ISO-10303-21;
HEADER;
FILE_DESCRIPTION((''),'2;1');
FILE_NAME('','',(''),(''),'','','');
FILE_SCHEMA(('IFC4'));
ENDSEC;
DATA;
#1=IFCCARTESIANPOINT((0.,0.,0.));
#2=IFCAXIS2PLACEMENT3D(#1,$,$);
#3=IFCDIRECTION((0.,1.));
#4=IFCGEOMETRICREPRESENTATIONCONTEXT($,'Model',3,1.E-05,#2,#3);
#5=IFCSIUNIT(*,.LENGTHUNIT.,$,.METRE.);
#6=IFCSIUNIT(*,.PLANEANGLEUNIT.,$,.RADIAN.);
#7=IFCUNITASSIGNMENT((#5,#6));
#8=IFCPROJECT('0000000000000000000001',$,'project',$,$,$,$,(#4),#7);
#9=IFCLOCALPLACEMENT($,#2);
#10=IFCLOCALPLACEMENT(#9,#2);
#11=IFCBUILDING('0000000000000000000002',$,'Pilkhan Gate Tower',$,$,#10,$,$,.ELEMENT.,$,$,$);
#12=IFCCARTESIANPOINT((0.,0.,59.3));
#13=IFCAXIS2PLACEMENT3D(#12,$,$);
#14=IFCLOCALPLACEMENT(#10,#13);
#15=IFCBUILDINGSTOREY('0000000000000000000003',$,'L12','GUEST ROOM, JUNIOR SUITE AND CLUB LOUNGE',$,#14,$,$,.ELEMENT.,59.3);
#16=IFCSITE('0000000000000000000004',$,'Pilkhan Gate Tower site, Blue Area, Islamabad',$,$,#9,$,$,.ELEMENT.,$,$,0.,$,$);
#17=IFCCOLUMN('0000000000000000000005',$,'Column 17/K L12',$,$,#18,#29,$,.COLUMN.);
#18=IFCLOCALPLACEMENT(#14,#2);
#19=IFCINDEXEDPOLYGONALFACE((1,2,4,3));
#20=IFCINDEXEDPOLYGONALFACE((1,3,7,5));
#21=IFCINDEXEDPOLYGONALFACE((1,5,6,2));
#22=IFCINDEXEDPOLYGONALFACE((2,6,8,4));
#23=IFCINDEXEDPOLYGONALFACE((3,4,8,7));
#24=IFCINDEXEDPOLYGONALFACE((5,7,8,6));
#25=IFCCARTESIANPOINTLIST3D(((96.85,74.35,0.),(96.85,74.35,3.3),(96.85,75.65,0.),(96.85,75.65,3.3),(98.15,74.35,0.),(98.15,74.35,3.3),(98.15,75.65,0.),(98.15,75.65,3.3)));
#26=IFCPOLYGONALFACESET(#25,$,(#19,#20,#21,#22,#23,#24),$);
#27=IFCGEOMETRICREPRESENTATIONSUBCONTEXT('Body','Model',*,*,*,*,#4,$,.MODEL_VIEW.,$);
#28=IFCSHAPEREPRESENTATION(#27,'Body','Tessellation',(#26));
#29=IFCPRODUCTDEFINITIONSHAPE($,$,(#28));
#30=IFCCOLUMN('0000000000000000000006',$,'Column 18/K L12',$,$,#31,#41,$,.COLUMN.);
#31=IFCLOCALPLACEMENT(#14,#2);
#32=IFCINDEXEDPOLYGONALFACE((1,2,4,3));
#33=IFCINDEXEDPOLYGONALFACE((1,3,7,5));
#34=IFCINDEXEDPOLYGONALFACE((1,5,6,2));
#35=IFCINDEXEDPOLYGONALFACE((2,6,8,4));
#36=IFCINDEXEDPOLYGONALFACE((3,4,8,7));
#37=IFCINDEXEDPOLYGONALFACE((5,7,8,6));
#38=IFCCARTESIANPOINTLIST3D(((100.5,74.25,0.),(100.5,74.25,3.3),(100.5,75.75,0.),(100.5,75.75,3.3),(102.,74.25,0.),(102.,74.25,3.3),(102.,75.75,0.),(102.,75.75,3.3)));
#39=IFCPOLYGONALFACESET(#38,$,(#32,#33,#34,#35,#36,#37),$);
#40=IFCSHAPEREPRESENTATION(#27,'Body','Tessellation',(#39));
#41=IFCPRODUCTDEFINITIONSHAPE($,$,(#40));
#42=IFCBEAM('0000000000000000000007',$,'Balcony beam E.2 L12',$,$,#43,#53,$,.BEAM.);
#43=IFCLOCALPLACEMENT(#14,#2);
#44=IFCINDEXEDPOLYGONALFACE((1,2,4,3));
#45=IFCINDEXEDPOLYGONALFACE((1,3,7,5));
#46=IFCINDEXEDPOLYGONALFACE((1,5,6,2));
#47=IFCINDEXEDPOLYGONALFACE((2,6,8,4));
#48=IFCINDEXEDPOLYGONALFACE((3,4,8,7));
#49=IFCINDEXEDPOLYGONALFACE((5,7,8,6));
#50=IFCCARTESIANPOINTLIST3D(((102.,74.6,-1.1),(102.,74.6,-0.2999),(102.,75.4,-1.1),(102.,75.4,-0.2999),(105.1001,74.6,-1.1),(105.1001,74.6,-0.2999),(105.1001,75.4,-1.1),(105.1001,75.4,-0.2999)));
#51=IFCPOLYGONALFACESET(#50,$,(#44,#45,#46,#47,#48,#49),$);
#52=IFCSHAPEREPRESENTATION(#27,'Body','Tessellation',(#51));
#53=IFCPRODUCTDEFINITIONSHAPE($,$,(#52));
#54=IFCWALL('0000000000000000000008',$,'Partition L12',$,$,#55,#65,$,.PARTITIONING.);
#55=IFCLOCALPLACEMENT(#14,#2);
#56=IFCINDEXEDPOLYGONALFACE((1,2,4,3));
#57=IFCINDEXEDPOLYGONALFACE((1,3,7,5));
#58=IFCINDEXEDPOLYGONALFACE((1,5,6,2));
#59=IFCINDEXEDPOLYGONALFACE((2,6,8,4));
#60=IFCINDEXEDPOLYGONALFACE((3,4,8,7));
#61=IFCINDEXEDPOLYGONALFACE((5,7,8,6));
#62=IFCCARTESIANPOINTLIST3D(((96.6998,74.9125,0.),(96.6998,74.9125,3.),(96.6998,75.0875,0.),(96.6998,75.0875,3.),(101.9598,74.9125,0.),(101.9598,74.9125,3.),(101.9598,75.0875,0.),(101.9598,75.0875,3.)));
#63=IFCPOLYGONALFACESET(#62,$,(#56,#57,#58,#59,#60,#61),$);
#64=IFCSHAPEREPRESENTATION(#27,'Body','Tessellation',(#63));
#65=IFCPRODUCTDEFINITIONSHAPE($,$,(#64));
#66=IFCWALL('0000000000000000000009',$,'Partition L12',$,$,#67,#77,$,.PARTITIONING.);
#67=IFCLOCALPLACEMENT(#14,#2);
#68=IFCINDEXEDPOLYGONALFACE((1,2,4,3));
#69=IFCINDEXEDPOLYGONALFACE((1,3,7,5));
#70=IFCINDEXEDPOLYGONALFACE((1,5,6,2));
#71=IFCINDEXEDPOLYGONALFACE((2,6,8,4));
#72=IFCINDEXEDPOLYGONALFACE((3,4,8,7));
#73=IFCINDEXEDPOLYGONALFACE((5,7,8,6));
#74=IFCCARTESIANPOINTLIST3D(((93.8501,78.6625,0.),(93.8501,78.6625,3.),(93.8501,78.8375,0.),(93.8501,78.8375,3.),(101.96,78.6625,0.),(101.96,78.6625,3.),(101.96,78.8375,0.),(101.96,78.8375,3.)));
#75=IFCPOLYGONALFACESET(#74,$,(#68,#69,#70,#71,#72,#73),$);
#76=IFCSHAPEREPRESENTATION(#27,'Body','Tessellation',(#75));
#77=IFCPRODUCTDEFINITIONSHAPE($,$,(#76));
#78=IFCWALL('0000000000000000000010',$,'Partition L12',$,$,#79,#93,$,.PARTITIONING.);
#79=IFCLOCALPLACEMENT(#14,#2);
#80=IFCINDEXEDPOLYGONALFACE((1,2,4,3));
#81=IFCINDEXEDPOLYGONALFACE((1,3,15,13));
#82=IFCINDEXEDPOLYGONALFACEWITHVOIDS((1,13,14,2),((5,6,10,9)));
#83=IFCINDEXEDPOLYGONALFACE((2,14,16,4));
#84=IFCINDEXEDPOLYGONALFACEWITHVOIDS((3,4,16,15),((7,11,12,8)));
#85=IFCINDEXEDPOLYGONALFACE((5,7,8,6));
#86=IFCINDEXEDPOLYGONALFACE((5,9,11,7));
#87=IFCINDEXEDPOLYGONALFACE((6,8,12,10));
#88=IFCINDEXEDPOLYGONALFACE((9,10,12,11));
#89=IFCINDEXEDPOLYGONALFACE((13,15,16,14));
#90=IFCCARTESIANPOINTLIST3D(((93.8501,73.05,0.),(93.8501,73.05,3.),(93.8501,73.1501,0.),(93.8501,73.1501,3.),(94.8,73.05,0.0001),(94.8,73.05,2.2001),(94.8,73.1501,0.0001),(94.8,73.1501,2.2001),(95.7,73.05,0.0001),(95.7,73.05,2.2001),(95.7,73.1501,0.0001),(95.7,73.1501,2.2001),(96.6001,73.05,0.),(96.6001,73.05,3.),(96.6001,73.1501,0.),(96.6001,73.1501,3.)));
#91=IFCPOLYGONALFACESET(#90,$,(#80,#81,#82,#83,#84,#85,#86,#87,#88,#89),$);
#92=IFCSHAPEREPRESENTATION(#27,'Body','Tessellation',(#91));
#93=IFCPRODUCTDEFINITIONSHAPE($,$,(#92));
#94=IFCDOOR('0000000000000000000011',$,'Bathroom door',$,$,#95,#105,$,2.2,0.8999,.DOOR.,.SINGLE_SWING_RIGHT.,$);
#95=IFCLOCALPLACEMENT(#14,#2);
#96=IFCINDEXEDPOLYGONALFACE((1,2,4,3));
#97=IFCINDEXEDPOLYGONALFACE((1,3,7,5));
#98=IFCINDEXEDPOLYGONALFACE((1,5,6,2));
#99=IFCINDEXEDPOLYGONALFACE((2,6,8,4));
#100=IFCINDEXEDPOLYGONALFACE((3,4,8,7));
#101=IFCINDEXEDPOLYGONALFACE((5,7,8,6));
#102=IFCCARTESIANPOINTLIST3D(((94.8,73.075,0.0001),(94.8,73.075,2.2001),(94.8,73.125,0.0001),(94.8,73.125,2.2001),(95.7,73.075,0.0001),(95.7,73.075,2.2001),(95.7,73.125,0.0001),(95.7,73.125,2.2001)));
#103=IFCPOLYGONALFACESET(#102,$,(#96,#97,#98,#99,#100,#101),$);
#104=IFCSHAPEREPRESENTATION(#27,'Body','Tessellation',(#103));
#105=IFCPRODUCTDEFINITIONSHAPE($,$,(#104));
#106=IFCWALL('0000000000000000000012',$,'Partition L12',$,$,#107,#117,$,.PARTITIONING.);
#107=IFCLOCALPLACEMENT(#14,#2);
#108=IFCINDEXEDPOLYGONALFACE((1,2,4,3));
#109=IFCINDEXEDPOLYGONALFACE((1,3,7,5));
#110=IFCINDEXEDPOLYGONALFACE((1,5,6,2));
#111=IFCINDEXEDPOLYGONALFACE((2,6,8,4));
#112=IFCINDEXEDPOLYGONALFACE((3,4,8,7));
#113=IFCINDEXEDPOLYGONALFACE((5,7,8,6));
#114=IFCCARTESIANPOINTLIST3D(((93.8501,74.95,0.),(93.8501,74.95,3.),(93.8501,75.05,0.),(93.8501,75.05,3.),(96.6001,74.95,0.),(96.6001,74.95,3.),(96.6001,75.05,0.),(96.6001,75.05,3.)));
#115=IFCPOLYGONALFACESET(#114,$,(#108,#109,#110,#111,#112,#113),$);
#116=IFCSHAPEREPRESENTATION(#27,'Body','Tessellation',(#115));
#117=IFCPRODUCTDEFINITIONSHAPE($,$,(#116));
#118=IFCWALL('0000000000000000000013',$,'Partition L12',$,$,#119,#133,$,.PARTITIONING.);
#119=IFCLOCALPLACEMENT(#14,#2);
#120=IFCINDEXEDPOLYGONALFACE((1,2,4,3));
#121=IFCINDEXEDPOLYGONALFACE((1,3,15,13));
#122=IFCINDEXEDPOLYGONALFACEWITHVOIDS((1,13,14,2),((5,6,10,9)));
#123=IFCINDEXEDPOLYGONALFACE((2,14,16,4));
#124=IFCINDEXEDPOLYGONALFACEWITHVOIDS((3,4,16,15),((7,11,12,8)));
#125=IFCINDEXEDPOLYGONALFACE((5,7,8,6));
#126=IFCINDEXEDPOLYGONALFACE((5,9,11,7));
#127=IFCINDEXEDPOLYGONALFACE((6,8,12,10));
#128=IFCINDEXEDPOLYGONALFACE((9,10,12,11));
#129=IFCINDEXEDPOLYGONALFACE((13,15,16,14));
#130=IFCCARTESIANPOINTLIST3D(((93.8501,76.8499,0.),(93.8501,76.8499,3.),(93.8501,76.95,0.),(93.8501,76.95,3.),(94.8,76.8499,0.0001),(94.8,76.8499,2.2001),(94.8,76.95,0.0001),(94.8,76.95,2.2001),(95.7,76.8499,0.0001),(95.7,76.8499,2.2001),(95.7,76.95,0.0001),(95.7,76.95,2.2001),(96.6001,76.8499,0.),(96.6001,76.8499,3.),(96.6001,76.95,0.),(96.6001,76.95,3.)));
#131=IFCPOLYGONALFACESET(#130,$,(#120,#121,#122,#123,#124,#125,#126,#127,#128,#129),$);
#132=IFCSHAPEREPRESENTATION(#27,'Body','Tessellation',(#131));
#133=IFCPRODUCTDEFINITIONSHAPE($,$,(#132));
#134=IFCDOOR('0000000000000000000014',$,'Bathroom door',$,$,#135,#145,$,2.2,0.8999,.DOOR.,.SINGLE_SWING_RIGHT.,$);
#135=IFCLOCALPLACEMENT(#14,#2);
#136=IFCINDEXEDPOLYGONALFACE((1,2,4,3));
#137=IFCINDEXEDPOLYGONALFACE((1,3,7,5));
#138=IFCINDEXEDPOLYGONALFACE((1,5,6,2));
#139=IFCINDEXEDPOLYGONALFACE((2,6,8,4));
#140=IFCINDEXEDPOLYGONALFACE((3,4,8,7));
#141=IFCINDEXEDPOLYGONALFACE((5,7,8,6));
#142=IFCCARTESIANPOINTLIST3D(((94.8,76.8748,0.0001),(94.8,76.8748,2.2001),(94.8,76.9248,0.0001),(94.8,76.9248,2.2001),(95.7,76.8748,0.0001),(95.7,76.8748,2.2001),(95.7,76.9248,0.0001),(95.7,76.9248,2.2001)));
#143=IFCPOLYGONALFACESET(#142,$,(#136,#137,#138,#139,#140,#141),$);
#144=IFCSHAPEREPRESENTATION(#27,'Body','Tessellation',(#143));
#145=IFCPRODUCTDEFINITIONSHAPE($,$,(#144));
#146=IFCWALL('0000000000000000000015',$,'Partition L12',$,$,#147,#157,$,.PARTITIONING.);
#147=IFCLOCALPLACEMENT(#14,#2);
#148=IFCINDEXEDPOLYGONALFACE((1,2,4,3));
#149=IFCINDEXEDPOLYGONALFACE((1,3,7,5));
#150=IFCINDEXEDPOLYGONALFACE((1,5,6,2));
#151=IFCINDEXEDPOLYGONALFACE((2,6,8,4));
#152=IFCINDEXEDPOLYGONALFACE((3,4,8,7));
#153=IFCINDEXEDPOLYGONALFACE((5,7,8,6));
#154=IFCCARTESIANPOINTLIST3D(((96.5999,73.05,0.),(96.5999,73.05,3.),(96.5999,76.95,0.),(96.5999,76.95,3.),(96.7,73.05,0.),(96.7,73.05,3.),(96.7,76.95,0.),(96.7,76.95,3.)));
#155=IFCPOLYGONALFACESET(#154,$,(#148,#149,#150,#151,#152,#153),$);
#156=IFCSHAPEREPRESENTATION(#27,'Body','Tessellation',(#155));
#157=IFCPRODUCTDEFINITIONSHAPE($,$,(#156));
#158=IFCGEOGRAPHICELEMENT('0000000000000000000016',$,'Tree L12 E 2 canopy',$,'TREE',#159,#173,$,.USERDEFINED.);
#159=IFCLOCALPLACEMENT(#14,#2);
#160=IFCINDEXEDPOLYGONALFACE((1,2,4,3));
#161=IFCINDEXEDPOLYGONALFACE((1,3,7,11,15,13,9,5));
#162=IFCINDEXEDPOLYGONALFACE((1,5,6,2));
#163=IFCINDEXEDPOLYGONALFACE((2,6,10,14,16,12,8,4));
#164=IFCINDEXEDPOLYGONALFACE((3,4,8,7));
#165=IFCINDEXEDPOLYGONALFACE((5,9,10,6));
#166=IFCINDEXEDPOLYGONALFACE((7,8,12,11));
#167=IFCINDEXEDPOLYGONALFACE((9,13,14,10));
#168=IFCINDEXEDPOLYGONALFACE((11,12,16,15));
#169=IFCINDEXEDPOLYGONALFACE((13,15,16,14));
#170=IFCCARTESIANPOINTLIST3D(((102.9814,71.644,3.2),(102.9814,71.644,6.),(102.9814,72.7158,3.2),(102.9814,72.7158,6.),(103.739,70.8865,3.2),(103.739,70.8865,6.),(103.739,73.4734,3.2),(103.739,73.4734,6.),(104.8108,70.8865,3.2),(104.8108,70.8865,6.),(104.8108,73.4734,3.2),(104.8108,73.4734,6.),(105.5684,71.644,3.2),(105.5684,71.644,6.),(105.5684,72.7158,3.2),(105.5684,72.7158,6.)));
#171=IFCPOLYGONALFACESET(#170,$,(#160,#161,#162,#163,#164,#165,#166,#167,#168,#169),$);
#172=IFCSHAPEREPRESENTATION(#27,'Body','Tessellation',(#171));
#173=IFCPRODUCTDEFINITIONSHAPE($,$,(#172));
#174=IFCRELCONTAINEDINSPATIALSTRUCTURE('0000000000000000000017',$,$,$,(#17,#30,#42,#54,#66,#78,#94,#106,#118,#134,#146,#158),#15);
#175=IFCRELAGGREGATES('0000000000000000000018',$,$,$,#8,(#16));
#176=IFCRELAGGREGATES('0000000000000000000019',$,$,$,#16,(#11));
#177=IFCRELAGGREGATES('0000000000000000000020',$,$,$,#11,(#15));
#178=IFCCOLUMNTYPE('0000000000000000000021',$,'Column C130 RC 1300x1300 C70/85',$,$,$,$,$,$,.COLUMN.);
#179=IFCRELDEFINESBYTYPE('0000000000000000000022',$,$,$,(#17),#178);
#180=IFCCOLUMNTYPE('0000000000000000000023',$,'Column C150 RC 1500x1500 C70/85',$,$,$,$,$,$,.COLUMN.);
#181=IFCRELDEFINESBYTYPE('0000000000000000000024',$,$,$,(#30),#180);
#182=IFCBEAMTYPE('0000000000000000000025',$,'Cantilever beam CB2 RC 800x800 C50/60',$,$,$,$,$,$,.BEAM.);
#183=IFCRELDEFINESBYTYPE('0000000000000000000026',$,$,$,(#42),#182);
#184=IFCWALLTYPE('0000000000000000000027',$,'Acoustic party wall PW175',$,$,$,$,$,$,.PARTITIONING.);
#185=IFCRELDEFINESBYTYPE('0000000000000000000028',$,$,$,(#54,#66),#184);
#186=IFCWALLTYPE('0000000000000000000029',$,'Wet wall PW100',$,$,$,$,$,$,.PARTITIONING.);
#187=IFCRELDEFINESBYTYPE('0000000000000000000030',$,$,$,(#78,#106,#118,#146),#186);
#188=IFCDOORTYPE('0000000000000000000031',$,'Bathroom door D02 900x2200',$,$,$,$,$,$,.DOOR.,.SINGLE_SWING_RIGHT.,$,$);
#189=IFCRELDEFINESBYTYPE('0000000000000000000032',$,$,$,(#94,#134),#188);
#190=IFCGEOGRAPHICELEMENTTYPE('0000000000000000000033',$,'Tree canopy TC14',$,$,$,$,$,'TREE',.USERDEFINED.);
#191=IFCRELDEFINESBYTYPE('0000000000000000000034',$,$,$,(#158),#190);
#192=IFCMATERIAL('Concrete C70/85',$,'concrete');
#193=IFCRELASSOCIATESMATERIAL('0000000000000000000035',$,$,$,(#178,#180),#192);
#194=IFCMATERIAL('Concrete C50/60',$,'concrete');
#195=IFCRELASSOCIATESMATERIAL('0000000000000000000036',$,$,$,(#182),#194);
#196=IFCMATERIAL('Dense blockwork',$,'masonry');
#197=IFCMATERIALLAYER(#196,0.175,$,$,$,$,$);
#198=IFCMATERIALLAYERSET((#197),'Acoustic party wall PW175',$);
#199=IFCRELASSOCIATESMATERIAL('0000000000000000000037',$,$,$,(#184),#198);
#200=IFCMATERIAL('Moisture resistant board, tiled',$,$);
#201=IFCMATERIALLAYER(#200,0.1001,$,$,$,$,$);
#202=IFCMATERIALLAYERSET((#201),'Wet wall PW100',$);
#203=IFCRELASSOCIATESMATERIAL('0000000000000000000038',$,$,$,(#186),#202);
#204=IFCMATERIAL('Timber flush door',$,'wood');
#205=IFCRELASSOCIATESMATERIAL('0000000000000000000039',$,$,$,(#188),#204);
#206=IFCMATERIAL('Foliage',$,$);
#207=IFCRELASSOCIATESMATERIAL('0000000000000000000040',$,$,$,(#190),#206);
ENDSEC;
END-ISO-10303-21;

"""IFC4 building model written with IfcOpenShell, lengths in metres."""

from ifc_helpers import new_model, si_unit, direction, frame, frame_2d, origin, origin_2d, place, context, subcontext, project, spatial, polyline, rectangle, outline, extrude, material, layer, layer_set, material_profile, profile_set, type_object, element, fill, save


model = new_model("IFC4")

# Units and contexts
model_context = context("Model", 3, precision=1e-05, world=origin(), true_north=direction((0.0, 1.0)))
body_context = subcontext(model_context, "Body", "Model", "MODEL_VIEW")
ifc_project = project(units=[si_unit("LENGTHUNIT", "METRE"), si_unit("PLANEANGLEUNIT", "RADIAN")], contexts=[model_context])

# Site, building, storey
site_placement = place(None, origin())
site = spatial("IfcSite", under=ifc_project, at=site_placement, Name="Pilkhan Gate Tower site, Blue Area, Islamabad", CompositionType="ELEMENT", RefElevation=0.0)
building_placement = place(site_placement, origin())
building = spatial("IfcBuilding", under=site, at=building_placement, Name="Pilkhan Gate Tower", CompositionType="ELEMENT")
storey_placement = place(building_placement, frame((0.0, 0.0, 59.3)))
storey = spatial("IfcBuildingStorey", under=building, at=storey_placement, Name="L12", Description="GUEST ROOM, JUNIOR SUITE AND CLUB LOUNGE", CompositionType="ELEMENT", Elevation=59.3)

# Columns
ifc_material_1 = material(Name="Concrete C70/85", Category="concrete")
ifc_material_profile_1 = material_profile(ifc_material_1, rectangle(XDim=1.3, YDim=1.3, at=origin_2d()), Name="RC 1300x1300")
ifc_profile_set_1 = profile_set([ifc_material_profile_1], Name="Concrete C70/85")
column_type_1 = type_object("IfcColumnType", Name="Column C130 RC 1300x1300 C70/85", PredefinedType="COLUMN", material=ifc_profile_set_1)
column_1_placement = place(storey_placement, frame((97.5, 75.0, 0.0), z_axis=(0.0, 0.0, 1.0), x_axis=(1.0, 0.0, 0.0)))
element("IfcColumn", 1, at=column_1_placement, inside=storey, type_object=column_type_1, Name="Column 17/K L12", PredefinedType="COLUMN", context=body_context, shape_type="SweptSolid", body=[
    extrude(rectangle(XDim=1.3, YDim=1.3, at=origin_2d()), origin(), (0.0, 0.0, 1.0), 3.3),
])
ifc_material_profile_2 = material_profile(ifc_material_1, rectangle(XDim=1.5, YDim=1.5, at=origin_2d()), Name="RC 1500x1500")
ifc_profile_set_2 = profile_set([ifc_material_profile_2], Name="Concrete C70/85")
column_type_2 = type_object("IfcColumnType", Name="Column C150 RC 1500x1500 C70/85", PredefinedType="COLUMN", material=ifc_profile_set_2)
column_2_placement = place(storey_placement, frame((101.25, 75.0, 0.0), z_axis=(0.0, 0.0, 1.0), x_axis=(1.0, 0.0, 0.0)))
element("IfcColumn", 2, at=column_2_placement, inside=storey, type_object=column_type_2, Name="Column 18/K L12", PredefinedType="COLUMN", context=body_context, shape_type="SweptSolid", body=[
    extrude(rectangle(XDim=1.5, YDim=1.5, at=origin_2d()), origin(), (0.0, 0.0, 1.0), 3.3),
])

# Beam
ifc_material_2 = material(Name="Concrete C50/60", Category="concrete")
ifc_material_profile_3 = material_profile(ifc_material_2, rectangle(XDim=0.8, YDim=0.8, at=origin_2d()), Name="RC 800x800")
ifc_profile_set_3 = profile_set([ifc_material_profile_3], Name="Concrete C50/60")
beam_type = type_object("IfcBeamType", Name="Cantilever beam CB2 RC 800x800 C50/60", PredefinedType="BEAM", material=ifc_profile_set_3)
beam_placement = place(storey_placement, frame((102.0, 75.0, -0.7), z_axis=(1.0, 0.0, 0.0), x_axis=(0.0, 1.0, 0.0)))
element("IfcBeam", 3, at=beam_placement, inside=storey, type_object=beam_type, Name="Balcony beam E.2 L12", PredefinedType="BEAM", context=body_context, shape_type="SweptSolid", body=[
    extrude(rectangle(XDim=0.8, YDim=0.8, at=origin_2d()), origin(), (0.0, 0.0, 1.0), 3.1001),
])

# Walls
ifc_material_3 = material(Name="Dense blockwork", Category="masonry")
ifc_layer_1 = layer(ifc_material_3, 0.175)
ifc_layer_set_1 = layer_set([ifc_layer_1], Name="Acoustic party wall PW175")
wall_type_1 = type_object("IfcWallType", Name="Acoustic party wall PW175", PredefinedType="PARTITIONING", material=ifc_layer_set_1)
wall_1_placement = place(storey_placement, frame((96.7, 75.0, 0.0), z_axis=(0.0, 0.0, 1.0), x_axis=(1.0, 0.0, 0.0)))
element("IfcWall", 4, at=wall_1_placement, inside=storey, type_object=wall_type_1, Name="Partition L12", PredefinedType="PARTITIONING", context=body_context, shape_type="SweptSolid", body=[
    extrude(rectangle(XDim=5.26, YDim=0.175, at=frame_2d((2.6299, 0.0))), origin(), (0.0, 0.0, 1.0), 3.0),
])
wall_2_placement = place(storey_placement, frame((93.8501, 78.75, 0.0), z_axis=(0.0, 0.0, 1.0), x_axis=(1.0, 0.0, 0.0)))
element("IfcWall", 5, at=wall_2_placement, inside=storey, type_object=wall_type_1, Name="Partition L12", PredefinedType="PARTITIONING", context=body_context, shape_type="SweptSolid", body=[
    extrude(rectangle(XDim=8.1099, YDim=0.175, at=frame_2d((4.0549, 0.0))), origin(), (0.0, 0.0, 1.0), 3.0),
])

# Wall, opening, door
ifc_material_4 = material(Name="Moisture resistant board, tiled")
ifc_layer_2 = layer(ifc_material_4, 0.1001)
ifc_layer_set_2 = layer_set([ifc_layer_2], Name="Wet wall PW100")
wall_type_2 = type_object("IfcWallType", Name="Wet wall PW100", PredefinedType="PARTITIONING", material=ifc_layer_set_2)
wall_3_placement = place(storey_placement, frame((93.8501, 73.1001, 0.0), z_axis=(0.0, 0.0, 1.0), x_axis=(1.0, 0.0, 0.0)))
wall_3 = element("IfcWall", 6, at=wall_3_placement, inside=storey, type_object=wall_type_2, Name="Partition L12", PredefinedType="PARTITIONING", context=body_context, shape_type="SweptSolid", body=[
    extrude(rectangle(XDim=2.75, YDim=0.1001, at=frame_2d((1.375, 0.0))), origin(), (0.0, 0.0, 1.0), 3.0),
])
opening_1_placement = place(wall_3_placement, frame((0.95, 0.0, 0.0)))
opening_1 = element("IfcOpeningElement", 7, at=opening_1_placement, cuts=wall_3, PredefinedType="OPENING", context=body_context, shape_type="SweptSolid", body=[
    extrude(rectangle(XDim=0.8999, YDim=2.2, at=frame_2d((0.45, 1.1001))), frame((0.0, 0.0601, 0.0), z_axis=(0.0, -1.0, 0.0), x_axis=(1.0, 0.0, 0.0)), (0.0, 0.0, 1.0), 0.1201),
])
ifc_material_5 = material(Name="Timber flush door", Category="wood")
door_type_1 = type_object("IfcDoorType", Name="Bathroom door D02 900x2200", OperationType="SINGLE_SWING_RIGHT", PredefinedType="DOOR", material=ifc_material_5)
door_1_placement = place(opening_1_placement, origin())
door_1 = element("IfcDoor", 8, at=door_1_placement, inside=storey, type_object=door_type_1, Name="Bathroom door", OperationType="SINGLE_SWING_RIGHT", OverallHeight=2.2, OverallWidth=0.8999, PredefinedType="DOOR", context=body_context, shape_type="SweptSolid", body=[
    extrude(rectangle(XDim=0.8999, YDim=2.2, at=frame_2d((0.45, 1.1001))), frame((0.0, 0.0249, 0.0), z_axis=(0.0, -1.0, 0.0), x_axis=(1.0, 0.0, 0.0)), (0.0, 0.0, 1.0), 0.05),
])
fill(opening_1, door_1)

# Wall
wall_4_placement = place(storey_placement, frame((93.8501, 75.0, 0.0), z_axis=(0.0, 0.0, 1.0), x_axis=(1.0, 0.0, 0.0)))
element("IfcWall", 9, at=wall_4_placement, inside=storey, type_object=wall_type_2, Name="Partition L12", PredefinedType="PARTITIONING", context=body_context, shape_type="SweptSolid", body=[
    extrude(rectangle(XDim=2.75, YDim=0.1001, at=frame_2d((1.375, 0.0))), origin(), (0.0, 0.0, 1.0), 3.0),
])

# Wall, opening, door
wall_5_placement = place(storey_placement, frame((93.8501, 76.8999, 0.0), z_axis=(0.0, 0.0, 1.0), x_axis=(1.0, 0.0, 0.0)))
wall_5 = element("IfcWall", 10, at=wall_5_placement, inside=storey, type_object=wall_type_2, Name="Partition L12", PredefinedType="PARTITIONING", context=body_context, shape_type="SweptSolid", body=[
    extrude(rectangle(XDim=2.75, YDim=0.1001, at=frame_2d((1.375, 0.0))), origin(), (0.0, 0.0, 1.0), 3.0),
])
opening_2_placement = place(wall_5_placement, frame((0.95, 0.0, 0.0)))
opening_2 = element("IfcOpeningElement", 11, at=opening_2_placement, cuts=wall_5, PredefinedType="OPENING", context=body_context, shape_type="SweptSolid", body=[
    extrude(rectangle(XDim=0.8999, YDim=2.2, at=frame_2d((0.45, 1.1001))), frame((0.0, 0.0601, 0.0), z_axis=(0.0, -1.0, 0.0), x_axis=(1.0, 0.0, 0.0)), (0.0, 0.0, 1.0), 0.1201),
])
door_2_placement = place(opening_2_placement, origin())
door_2 = element("IfcDoor", 12, at=door_2_placement, inside=storey, type_object=door_type_1, Name="Bathroom door", OperationType="SINGLE_SWING_RIGHT", OverallHeight=2.2, OverallWidth=0.8999, PredefinedType="DOOR", context=body_context, shape_type="SweptSolid", body=[
    extrude(rectangle(XDim=0.8999, YDim=2.2, at=frame_2d((0.45, 1.1001))), frame((0.0, 0.0249, 0.0), z_axis=(0.0, -1.0, 0.0), x_axis=(1.0, 0.0, 0.0)), (0.0, 0.0, 1.0), 0.05),
])
fill(opening_2, door_2)

# Wall
wall_6_placement = place(storey_placement, frame((96.6499, 73.05, 0.0), z_axis=(0.0, 0.0, 1.0), x_axis=(0.0, 1.0, 0.0)))
element("IfcWall", 13, at=wall_6_placement, inside=storey, type_object=wall_type_2, Name="Partition L12", PredefinedType="PARTITIONING", context=body_context, shape_type="SweptSolid", body=[
    extrude(rectangle(XDim=3.8999, YDim=0.1001, at=frame_2d((1.95, 0.0))), origin(), (0.0, 0.0, 1.0), 3.0),
])

# Geographic element
ifc_material_6 = material(Name="Foliage")
ifc_material_profile_4 = material_profile(ifc_material_6, outline(polyline([(1.2935, 0.5359), (0.5359, 1.2935), (-0.5359, 1.2935), (-1.2935, 0.5359), (-1.2935, -0.5359), (-0.5359, -1.2935), (0.5359, -1.2935), (1.2935, -0.5359), (1.2935, 0.5359)])), Name="Canopy D2.8")
ifc_profile_set_4 = profile_set([ifc_material_profile_4], Name="Foliage")
geographic_element_type_1 = type_object("IfcGeographicElementType", Name="Tree canopy TC14", ElementType="TREE", PredefinedType="USERDEFINED", material=ifc_profile_set_4)
for number, where, z_axis, x_axis, name in (
    (14, (104.2749, 72.1799, 3.2), (0.0, 0.0, 1.0), (1.0, 0.0, 0.0), "Tree L12 E 2 canopy"),
):
    element("IfcGeographicElement", number, at=place(storey_placement, frame(where, z_axis=z_axis, x_axis=x_axis)), inside=storey, type_object=geographic_element_type_1, Name=name, ObjectType="TREE", PredefinedType="USERDEFINED", context=body_context, shape_type="SweptSolid", body=[
        extrude(outline(polyline([(1.2935, 0.5359), (0.5359, 1.2935), (-0.5359, 1.2935), (-1.2935, 0.5359), (-1.2935, -0.5359), (-0.5359, -1.2935), (0.5359, -1.2935), (1.2935, -0.5359), (1.2935, 0.5359)])), origin(), (0.0, 0.0, 1.0), 2.8),
    ])

save(model, "model.ifc")
